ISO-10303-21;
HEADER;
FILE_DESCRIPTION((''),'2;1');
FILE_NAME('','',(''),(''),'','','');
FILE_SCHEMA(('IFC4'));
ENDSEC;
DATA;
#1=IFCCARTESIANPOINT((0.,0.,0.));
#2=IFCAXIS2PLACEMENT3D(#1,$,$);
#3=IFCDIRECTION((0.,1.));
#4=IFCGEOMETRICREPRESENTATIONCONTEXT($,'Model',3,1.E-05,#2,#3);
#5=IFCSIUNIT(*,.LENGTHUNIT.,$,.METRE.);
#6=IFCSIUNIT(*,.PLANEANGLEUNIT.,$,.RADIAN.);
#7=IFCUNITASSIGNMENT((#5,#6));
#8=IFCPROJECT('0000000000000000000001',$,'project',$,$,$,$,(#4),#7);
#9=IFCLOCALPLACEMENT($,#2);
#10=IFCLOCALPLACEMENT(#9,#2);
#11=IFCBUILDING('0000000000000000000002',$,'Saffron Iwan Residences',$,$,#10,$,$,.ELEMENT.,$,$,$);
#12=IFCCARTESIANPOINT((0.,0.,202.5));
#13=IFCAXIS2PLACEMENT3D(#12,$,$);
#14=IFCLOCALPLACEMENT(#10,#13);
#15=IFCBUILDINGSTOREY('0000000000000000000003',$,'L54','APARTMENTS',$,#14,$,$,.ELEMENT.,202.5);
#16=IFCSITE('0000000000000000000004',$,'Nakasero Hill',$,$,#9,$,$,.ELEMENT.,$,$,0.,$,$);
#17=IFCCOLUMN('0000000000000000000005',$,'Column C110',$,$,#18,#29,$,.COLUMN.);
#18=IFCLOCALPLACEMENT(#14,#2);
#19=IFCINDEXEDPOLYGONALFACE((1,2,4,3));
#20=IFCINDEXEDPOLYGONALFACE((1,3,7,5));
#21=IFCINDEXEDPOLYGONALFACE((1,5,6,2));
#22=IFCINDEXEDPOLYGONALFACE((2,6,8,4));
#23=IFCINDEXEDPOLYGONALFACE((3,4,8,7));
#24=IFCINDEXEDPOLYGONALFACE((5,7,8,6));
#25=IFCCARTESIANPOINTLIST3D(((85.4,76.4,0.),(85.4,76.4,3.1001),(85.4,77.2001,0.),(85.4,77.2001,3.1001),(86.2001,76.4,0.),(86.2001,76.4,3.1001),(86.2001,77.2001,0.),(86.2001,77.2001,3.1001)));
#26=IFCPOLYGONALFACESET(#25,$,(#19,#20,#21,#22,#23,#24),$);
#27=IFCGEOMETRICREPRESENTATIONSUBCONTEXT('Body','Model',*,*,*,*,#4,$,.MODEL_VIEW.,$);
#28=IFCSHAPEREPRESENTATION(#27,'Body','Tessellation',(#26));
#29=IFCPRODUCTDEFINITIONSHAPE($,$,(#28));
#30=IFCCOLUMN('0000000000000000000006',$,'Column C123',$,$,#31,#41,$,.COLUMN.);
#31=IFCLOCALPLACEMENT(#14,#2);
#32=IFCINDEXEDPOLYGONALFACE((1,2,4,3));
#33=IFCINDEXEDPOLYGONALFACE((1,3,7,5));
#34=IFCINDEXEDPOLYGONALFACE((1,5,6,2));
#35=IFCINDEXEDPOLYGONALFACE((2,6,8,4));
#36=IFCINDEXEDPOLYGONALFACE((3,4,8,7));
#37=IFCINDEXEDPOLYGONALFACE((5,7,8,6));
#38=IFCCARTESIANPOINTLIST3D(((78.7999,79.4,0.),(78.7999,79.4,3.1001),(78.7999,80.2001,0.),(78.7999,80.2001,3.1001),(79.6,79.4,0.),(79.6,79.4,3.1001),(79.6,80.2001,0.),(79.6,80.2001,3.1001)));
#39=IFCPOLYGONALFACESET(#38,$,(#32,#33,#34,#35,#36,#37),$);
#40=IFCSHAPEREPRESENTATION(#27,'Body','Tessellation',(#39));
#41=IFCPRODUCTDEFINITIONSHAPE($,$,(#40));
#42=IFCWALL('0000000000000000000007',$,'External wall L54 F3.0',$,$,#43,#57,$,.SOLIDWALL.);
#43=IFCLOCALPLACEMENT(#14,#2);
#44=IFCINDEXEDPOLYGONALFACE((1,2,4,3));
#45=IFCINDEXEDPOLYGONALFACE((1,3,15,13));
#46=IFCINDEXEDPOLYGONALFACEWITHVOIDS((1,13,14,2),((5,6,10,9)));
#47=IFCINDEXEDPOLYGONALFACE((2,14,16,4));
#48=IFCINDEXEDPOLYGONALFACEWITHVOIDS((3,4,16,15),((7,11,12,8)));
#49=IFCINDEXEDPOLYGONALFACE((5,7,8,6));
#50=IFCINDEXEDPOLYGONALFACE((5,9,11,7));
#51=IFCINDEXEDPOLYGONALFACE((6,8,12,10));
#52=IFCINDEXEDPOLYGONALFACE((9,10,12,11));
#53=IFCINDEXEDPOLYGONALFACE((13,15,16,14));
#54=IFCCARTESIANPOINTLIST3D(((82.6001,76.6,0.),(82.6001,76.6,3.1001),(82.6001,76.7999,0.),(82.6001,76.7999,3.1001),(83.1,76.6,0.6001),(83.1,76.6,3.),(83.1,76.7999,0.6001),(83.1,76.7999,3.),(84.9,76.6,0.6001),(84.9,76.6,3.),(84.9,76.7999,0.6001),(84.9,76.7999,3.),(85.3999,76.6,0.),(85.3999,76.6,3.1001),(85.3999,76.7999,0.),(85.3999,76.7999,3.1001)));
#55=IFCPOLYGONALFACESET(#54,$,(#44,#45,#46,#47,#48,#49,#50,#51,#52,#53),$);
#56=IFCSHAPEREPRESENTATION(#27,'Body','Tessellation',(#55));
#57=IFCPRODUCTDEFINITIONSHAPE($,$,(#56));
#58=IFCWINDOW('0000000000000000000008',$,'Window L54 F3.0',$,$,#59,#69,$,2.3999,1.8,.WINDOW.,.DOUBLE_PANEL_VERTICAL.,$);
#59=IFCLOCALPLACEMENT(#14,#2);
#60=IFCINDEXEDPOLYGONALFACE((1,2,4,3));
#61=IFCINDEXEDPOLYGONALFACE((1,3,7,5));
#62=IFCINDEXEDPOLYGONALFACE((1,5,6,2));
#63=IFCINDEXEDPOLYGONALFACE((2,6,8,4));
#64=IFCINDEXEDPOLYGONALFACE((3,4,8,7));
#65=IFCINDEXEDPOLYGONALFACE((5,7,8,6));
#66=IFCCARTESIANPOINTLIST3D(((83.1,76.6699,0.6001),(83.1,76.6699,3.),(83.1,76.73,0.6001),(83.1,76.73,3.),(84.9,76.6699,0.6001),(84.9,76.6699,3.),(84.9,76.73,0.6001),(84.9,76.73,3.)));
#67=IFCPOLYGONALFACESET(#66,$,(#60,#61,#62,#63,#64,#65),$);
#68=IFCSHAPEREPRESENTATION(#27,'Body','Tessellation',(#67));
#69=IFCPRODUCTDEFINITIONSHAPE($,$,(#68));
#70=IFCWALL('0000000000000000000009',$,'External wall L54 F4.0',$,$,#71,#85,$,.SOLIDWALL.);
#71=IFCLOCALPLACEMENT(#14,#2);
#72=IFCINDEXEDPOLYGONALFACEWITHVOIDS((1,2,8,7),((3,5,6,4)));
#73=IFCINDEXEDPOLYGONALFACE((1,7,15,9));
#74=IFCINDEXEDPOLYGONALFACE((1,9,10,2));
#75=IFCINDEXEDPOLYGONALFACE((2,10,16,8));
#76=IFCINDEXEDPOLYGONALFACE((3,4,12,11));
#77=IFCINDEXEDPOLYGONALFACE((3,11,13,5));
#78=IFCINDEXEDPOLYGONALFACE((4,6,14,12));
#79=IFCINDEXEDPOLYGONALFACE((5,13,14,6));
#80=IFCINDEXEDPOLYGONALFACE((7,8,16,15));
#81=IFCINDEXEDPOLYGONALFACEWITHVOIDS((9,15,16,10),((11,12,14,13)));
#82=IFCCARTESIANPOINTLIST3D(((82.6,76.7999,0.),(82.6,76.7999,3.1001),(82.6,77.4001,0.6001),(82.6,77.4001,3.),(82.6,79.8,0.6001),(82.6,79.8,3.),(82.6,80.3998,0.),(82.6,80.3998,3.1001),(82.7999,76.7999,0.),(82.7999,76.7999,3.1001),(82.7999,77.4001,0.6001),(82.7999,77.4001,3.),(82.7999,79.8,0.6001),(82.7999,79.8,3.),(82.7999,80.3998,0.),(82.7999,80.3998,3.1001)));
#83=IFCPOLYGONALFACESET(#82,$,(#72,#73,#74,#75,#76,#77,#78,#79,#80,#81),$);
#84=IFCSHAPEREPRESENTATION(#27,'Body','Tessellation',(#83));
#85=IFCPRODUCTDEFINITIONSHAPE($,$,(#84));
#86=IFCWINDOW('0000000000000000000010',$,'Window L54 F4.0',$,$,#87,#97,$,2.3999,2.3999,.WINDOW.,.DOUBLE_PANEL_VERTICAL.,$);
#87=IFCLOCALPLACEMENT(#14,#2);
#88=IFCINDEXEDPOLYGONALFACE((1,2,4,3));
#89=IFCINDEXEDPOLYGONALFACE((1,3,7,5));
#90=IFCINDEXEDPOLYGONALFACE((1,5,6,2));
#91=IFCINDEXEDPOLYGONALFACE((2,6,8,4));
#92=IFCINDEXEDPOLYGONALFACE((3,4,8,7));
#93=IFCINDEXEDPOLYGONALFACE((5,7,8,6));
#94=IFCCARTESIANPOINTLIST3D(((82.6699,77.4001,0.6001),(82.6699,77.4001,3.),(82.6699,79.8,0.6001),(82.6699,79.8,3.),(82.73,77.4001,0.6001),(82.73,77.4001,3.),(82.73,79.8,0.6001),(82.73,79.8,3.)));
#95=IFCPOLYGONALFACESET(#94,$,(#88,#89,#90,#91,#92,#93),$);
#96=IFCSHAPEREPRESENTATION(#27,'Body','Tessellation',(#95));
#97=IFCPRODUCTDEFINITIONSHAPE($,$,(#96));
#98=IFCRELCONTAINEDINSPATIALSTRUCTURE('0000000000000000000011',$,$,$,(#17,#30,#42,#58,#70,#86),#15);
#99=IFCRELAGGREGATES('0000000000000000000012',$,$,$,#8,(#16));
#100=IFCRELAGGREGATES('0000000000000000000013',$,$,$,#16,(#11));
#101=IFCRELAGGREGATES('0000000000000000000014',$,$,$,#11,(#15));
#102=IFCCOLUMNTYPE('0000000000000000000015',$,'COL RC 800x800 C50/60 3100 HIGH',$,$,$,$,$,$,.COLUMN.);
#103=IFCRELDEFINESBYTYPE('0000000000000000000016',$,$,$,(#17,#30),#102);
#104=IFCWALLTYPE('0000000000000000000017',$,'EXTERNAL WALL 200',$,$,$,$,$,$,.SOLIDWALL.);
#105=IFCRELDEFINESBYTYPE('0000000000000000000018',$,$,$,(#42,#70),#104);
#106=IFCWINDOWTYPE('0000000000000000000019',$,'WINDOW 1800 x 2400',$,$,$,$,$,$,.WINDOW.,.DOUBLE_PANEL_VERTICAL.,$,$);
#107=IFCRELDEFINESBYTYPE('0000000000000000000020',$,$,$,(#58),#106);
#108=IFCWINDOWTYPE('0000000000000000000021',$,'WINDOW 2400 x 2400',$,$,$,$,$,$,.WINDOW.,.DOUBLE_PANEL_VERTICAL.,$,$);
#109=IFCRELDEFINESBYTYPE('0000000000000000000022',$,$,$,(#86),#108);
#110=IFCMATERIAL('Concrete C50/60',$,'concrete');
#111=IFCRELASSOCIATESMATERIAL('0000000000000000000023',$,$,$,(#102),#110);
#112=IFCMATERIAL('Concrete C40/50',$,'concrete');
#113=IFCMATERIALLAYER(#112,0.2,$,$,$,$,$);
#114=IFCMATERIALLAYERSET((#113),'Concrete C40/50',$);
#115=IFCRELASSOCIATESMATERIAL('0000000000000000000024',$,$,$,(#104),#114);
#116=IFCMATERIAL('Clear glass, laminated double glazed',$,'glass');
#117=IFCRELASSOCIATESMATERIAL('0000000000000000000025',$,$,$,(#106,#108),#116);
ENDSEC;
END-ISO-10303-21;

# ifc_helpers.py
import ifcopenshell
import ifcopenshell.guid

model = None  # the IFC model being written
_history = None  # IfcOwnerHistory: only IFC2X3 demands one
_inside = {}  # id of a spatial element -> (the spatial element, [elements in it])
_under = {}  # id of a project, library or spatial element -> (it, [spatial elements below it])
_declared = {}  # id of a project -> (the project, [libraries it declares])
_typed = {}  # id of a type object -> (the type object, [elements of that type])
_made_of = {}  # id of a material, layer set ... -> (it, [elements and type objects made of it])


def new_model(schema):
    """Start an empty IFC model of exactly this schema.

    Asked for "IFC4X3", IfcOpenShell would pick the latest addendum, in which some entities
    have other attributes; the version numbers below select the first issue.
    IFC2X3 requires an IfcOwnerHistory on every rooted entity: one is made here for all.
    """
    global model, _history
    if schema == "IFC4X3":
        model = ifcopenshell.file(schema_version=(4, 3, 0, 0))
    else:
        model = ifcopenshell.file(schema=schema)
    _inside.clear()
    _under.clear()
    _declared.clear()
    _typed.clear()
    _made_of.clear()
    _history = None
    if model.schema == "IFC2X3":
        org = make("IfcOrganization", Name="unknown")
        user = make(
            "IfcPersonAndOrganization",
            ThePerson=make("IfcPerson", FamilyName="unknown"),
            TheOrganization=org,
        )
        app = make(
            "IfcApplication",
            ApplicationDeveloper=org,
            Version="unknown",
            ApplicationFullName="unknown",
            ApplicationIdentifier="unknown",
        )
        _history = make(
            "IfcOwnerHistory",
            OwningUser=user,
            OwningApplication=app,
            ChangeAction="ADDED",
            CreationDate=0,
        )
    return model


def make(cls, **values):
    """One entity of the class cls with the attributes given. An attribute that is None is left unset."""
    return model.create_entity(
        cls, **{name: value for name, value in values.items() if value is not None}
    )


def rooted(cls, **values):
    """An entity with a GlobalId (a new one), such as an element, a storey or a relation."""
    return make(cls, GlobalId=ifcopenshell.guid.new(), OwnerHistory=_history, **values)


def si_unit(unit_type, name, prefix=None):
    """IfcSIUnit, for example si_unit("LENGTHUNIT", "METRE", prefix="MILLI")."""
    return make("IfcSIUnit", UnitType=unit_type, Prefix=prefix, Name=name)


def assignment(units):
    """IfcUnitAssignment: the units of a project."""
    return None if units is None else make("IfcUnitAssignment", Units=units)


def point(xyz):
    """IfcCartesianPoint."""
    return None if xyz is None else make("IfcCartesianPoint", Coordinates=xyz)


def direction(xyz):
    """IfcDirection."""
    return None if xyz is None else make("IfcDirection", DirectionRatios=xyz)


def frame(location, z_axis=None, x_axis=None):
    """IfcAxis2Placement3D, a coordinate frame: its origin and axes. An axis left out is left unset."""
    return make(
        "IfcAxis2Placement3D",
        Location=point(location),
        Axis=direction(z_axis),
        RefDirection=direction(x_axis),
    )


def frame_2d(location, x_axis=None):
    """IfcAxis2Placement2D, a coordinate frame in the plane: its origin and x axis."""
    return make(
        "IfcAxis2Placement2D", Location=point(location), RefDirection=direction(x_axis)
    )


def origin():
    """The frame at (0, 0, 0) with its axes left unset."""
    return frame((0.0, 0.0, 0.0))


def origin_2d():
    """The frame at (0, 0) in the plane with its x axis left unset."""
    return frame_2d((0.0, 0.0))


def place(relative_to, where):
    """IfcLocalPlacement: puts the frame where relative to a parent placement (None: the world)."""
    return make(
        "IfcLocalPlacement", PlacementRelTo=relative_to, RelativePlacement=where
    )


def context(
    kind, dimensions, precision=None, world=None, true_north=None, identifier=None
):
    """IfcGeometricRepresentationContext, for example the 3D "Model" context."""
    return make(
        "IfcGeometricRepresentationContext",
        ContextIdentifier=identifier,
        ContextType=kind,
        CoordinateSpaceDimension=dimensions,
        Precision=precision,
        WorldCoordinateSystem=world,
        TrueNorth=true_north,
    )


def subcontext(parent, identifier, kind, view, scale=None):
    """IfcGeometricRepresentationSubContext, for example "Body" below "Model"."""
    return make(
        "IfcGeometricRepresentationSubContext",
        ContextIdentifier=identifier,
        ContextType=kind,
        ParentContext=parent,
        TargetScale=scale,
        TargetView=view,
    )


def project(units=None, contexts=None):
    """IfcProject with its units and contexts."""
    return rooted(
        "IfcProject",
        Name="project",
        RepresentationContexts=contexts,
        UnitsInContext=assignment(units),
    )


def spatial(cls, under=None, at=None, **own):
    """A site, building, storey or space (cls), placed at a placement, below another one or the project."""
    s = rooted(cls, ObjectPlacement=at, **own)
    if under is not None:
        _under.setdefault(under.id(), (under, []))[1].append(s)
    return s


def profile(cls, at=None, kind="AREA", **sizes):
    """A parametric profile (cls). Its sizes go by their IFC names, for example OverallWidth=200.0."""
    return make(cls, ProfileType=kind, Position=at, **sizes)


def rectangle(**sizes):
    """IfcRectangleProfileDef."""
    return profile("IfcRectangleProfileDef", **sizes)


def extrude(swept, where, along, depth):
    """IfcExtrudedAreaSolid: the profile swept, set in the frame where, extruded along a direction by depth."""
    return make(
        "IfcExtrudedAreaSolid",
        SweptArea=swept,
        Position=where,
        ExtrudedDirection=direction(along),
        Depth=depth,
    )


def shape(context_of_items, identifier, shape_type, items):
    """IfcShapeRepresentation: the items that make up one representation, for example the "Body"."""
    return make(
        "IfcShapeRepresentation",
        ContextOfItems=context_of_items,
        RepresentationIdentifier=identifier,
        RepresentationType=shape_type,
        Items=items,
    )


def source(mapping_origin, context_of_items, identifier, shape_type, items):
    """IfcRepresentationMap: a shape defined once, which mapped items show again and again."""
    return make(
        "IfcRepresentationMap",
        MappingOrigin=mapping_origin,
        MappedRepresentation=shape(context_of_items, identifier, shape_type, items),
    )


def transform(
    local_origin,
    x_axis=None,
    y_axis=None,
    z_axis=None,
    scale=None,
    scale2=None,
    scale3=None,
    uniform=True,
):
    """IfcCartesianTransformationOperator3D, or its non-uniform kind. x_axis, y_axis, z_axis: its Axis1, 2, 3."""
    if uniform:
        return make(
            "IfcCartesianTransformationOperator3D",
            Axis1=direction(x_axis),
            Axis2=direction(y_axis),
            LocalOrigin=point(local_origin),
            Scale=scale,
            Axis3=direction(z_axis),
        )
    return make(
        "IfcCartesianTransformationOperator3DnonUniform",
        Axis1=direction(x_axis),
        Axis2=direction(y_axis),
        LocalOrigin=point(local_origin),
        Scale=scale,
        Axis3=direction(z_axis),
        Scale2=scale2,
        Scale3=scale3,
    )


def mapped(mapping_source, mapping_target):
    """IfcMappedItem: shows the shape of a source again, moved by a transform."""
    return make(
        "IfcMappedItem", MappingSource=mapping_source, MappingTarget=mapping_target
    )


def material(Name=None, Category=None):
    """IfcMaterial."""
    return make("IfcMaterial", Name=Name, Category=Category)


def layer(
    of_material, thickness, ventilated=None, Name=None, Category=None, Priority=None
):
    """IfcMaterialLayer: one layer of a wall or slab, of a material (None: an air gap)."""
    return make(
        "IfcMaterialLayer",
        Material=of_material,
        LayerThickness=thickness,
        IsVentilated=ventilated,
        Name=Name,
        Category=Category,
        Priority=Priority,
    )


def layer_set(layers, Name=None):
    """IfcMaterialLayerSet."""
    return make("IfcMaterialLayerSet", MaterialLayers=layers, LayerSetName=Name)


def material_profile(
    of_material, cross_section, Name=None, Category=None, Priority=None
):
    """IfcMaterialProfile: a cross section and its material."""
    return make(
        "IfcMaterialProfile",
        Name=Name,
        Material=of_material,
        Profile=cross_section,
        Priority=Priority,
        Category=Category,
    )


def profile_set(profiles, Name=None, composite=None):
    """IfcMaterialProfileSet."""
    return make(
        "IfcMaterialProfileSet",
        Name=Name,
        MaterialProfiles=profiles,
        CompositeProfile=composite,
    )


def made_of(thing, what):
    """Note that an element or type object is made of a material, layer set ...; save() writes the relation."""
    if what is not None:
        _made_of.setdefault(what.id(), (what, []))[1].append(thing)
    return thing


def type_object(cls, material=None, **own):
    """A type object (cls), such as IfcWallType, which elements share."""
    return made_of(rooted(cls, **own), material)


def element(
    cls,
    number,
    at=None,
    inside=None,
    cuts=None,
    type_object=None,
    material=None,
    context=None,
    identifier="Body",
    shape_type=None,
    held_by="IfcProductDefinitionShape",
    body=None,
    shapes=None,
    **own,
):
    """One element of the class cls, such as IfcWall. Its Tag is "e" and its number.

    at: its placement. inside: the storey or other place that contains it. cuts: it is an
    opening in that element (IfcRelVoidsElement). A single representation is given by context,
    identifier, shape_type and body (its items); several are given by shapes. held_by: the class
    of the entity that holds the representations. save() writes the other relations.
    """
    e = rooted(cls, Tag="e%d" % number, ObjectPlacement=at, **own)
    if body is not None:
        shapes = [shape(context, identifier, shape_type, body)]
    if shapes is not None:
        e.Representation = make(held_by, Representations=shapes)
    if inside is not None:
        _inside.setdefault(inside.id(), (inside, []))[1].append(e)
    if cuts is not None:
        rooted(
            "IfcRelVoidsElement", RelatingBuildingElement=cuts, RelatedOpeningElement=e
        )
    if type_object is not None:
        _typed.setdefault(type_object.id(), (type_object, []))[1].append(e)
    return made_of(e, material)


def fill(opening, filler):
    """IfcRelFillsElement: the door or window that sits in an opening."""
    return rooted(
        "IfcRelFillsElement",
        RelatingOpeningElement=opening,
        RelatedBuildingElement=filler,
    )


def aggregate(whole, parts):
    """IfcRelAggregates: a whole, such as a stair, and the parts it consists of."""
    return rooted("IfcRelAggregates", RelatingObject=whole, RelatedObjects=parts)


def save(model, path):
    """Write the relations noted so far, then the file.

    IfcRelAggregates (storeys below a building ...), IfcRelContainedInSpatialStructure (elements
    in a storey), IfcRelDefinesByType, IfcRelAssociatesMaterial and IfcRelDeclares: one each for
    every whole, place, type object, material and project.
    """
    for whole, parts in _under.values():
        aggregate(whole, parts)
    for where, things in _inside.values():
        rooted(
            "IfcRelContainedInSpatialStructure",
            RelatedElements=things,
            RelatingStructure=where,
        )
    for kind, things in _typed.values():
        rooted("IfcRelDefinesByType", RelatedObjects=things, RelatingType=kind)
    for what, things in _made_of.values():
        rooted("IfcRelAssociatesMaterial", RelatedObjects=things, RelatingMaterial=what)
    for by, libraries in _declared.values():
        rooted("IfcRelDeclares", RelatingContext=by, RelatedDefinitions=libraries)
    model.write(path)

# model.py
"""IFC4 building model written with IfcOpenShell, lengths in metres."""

from ifc_helpers import new_model, si_unit, direction, frame, frame_2d, origin, origin_2d, place, context, subcontext, project, spatial, rectangle, extrude, source, transform, mapped, material, layer, layer_set, material_profile, profile_set, type_object, element, fill, save


model = new_model("IFC4")

# Units and contexts
model_context = context("Model", 3, precision=1e-05, world=origin(), true_north=direction((0.0, 1.0)))
body_context = subcontext(model_context, "Body", "Model", "MODEL_VIEW")
ifc_project = project(units=[si_unit("LENGTHUNIT", "METRE"), si_unit("PLANEANGLEUNIT", "RADIAN")], contexts=[model_context])

# Site, building, storey
site_placement = place(None, origin())
site = spatial("IfcSite", under=ifc_project, at=site_placement, Name="Nakasero Hill", CompositionType="ELEMENT", RefElevation=0.0)
building_placement = place(site_placement, origin())
building = spatial("IfcBuilding", under=site, at=building_placement, Name="Saffron Iwan Residences", CompositionType="ELEMENT")
storey_placement = place(building_placement, frame((0.0, 0.0, 202.5)))
storey = spatial("IfcBuildingStorey", under=building, at=storey_placement, Name="L54", Description="APARTMENTS", CompositionType="ELEMENT", Elevation=202.5)

# Columns
ifc_material_1 = material(Name="Concrete C50/60", Category="concrete")
ifc_material_profile = material_profile(ifc_material_1, rectangle(XDim=0.8, YDim=0.8, at=origin_2d()), Name="RC 800x800")
ifc_profile_set = profile_set([ifc_material_profile], Name="Concrete C50/60")
column_type = type_object("IfcColumnType", Name="COL RC 800x800 C50/60 3100 HIGH", PredefinedType="COLUMN", material=ifc_profile_set)
shared_shape = source(origin(), body_context, "Body", "SweptSolid", [
    extrude(rectangle(XDim=0.8, YDim=0.8, at=origin_2d()), origin(), (0.0, 0.0, 1.0), 3.1001),
])
for number, where, z_axis, x_axis, name in (
    (1, (85.8, 76.8, 0.0), (0.0, 0.0, 1.0), (1.0, 0.0, 0.0), "Column C110"),
    (2, (79.2, 79.8, 0.0), (0.0, 0.0, 1.0), (1.0, 0.0, 0.0), "Column C123"),
):
    element("IfcColumn", number, at=place(storey_placement, frame(where, z_axis=z_axis, x_axis=x_axis)), inside=storey, type_object=column_type, Name=name, PredefinedType="COLUMN", context=body_context, shape_type="MappedRepresentation", body=[
        mapped(shared_shape, transform((0.0, 0.0, 0.0))),
    ])

# Walls, openings, windows
ifc_material_2 = material(Name="Concrete C40/50", Category="concrete")
ifc_layer = layer(ifc_material_2, 0.2)
ifc_layer_set = layer_set([ifc_layer], Name="Concrete C40/50")
wall_type = type_object("IfcWallType", Name="EXTERNAL WALL 200", PredefinedType="SOLIDWALL", material=ifc_layer_set)
wall_1_placement = place(storey_placement, frame((85.3999, 76.7, 0.0), z_axis=(0.0, 0.0, 1.0), x_axis=(-1.0, 0.0, 0.0)))
wall_1 = element("IfcWall", 3, at=wall_1_placement, inside=storey, type_object=wall_type, Name="External wall L54 F3.0", PredefinedType="SOLIDWALL", context=body_context, shape_type="SweptSolid", body=[
    extrude(rectangle(XDim=2.7998, YDim=0.2, at=frame_2d((1.3999, 0.0))), origin(), (0.0, 0.0, 1.0), 3.1001),
])
opening_1_placement = place(wall_1_placement, frame((0.5, 0.0, 0.6001)))
opening_1 = element("IfcOpeningElement", 4, at=opening_1_placement, cuts=wall_1, PredefinedType="OPENING", context=body_context, shape_type="SweptSolid", body=[
    extrude(rectangle(XDim=1.8, YDim=2.3999, at=frame_2d((0.8999, 1.2))), frame((0.0, 0.1099, 0.0), z_axis=(0.0, -1.0, 0.0), x_axis=(1.0, 0.0, 0.0)), (0.0, 0.0, 1.0), 0.22),
])
ifc_material_3 = material(Name="Clear glass, laminated double glazed", Category="glass")
window_type_1 = type_object("IfcWindowType", Name="WINDOW 1800 x 2400", PartitioningType="DOUBLE_PANEL_VERTICAL", PredefinedType="WINDOW", material=ifc_material_3)
window_1_placement = place(opening_1_placement, origin())
window_1 = element("IfcWindow", 5, at=window_1_placement, inside=storey, type_object=window_type_1, Name="Window L54 F3.0", OverallHeight=2.3999, OverallWidth=1.8, PartitioningType="DOUBLE_PANEL_VERTICAL", PredefinedType="WINDOW", context=body_context, shape_type="SweptSolid", body=[
    extrude(rectangle(XDim=1.8, YDim=2.3999, at=frame_2d((0.8999, 1.2))), frame((0.0, 0.03, 0.0), z_axis=(0.0, -1.0, 0.0), x_axis=(1.0, 0.0, 0.0)), (0.0, 0.0, 1.0), 0.0601),
])
fill(opening_1, window_1)
wall_2_placement = place(storey_placement, frame((82.7, 76.8, 0.0), z_axis=(0.0, 0.0, 1.0), x_axis=(0.0, 1.0, 0.0)))
wall_2 = element("IfcWall", 6, at=wall_2_placement, inside=storey, type_object=wall_type, Name="External wall L54 F4.0", PredefinedType="SOLIDWALL", context=body_context, shape_type="SweptSolid", body=[
    extrude(rectangle(XDim=3.5999, YDim=0.2, at=frame_2d((1.7998, 0.0))), origin(), (0.0, 0.0, 1.0), 3.1001),
])
opening_2_placement = place(wall_2_placement, frame((0.6001, 0.0, 0.6001)))
opening_2 = element("IfcOpeningElement", 7, at=opening_2_placement, cuts=wall_2, PredefinedType="OPENING", context=body_context, shape_type="SweptSolid", body=[
    extrude(rectangle(XDim=2.3999, YDim=2.3999, at=frame_2d((1.2, 1.2))), frame((0.0, 0.1099, 0.0), z_axis=(0.0, -1.0, 0.0), x_axis=(1.0, 0.0, 0.0)), (0.0, 0.0, 1.0), 0.22),
])
window_type_2 = type_object("IfcWindowType", Name="WINDOW 2400 x 2400", PartitioningType="DOUBLE_PANEL_VERTICAL", PredefinedType="WINDOW", material=ifc_material_3)
window_2_placement = place(opening_2_placement, origin())
window_2 = element("IfcWindow", 8, at=window_2_placement, inside=storey, type_object=window_type_2, Name="Window L54 F4.0", OverallHeight=2.3999, OverallWidth=2.3999, PartitioningType="DOUBLE_PANEL_VERTICAL", PredefinedType="WINDOW", context=body_context, shape_type="SweptSolid", body=[
    extrude(rectangle(XDim=2.3999, YDim=2.3999, at=frame_2d((1.2, 1.2))), frame((0.0, 0.03, 0.0), z_axis=(0.0, -1.0, 0.0), x_axis=(1.0, 0.0, 0.0)), (0.0, 0.0, 1.0), 0.0601),
])
fill(opening_2, window_2)

save(model, "model.ifc")
